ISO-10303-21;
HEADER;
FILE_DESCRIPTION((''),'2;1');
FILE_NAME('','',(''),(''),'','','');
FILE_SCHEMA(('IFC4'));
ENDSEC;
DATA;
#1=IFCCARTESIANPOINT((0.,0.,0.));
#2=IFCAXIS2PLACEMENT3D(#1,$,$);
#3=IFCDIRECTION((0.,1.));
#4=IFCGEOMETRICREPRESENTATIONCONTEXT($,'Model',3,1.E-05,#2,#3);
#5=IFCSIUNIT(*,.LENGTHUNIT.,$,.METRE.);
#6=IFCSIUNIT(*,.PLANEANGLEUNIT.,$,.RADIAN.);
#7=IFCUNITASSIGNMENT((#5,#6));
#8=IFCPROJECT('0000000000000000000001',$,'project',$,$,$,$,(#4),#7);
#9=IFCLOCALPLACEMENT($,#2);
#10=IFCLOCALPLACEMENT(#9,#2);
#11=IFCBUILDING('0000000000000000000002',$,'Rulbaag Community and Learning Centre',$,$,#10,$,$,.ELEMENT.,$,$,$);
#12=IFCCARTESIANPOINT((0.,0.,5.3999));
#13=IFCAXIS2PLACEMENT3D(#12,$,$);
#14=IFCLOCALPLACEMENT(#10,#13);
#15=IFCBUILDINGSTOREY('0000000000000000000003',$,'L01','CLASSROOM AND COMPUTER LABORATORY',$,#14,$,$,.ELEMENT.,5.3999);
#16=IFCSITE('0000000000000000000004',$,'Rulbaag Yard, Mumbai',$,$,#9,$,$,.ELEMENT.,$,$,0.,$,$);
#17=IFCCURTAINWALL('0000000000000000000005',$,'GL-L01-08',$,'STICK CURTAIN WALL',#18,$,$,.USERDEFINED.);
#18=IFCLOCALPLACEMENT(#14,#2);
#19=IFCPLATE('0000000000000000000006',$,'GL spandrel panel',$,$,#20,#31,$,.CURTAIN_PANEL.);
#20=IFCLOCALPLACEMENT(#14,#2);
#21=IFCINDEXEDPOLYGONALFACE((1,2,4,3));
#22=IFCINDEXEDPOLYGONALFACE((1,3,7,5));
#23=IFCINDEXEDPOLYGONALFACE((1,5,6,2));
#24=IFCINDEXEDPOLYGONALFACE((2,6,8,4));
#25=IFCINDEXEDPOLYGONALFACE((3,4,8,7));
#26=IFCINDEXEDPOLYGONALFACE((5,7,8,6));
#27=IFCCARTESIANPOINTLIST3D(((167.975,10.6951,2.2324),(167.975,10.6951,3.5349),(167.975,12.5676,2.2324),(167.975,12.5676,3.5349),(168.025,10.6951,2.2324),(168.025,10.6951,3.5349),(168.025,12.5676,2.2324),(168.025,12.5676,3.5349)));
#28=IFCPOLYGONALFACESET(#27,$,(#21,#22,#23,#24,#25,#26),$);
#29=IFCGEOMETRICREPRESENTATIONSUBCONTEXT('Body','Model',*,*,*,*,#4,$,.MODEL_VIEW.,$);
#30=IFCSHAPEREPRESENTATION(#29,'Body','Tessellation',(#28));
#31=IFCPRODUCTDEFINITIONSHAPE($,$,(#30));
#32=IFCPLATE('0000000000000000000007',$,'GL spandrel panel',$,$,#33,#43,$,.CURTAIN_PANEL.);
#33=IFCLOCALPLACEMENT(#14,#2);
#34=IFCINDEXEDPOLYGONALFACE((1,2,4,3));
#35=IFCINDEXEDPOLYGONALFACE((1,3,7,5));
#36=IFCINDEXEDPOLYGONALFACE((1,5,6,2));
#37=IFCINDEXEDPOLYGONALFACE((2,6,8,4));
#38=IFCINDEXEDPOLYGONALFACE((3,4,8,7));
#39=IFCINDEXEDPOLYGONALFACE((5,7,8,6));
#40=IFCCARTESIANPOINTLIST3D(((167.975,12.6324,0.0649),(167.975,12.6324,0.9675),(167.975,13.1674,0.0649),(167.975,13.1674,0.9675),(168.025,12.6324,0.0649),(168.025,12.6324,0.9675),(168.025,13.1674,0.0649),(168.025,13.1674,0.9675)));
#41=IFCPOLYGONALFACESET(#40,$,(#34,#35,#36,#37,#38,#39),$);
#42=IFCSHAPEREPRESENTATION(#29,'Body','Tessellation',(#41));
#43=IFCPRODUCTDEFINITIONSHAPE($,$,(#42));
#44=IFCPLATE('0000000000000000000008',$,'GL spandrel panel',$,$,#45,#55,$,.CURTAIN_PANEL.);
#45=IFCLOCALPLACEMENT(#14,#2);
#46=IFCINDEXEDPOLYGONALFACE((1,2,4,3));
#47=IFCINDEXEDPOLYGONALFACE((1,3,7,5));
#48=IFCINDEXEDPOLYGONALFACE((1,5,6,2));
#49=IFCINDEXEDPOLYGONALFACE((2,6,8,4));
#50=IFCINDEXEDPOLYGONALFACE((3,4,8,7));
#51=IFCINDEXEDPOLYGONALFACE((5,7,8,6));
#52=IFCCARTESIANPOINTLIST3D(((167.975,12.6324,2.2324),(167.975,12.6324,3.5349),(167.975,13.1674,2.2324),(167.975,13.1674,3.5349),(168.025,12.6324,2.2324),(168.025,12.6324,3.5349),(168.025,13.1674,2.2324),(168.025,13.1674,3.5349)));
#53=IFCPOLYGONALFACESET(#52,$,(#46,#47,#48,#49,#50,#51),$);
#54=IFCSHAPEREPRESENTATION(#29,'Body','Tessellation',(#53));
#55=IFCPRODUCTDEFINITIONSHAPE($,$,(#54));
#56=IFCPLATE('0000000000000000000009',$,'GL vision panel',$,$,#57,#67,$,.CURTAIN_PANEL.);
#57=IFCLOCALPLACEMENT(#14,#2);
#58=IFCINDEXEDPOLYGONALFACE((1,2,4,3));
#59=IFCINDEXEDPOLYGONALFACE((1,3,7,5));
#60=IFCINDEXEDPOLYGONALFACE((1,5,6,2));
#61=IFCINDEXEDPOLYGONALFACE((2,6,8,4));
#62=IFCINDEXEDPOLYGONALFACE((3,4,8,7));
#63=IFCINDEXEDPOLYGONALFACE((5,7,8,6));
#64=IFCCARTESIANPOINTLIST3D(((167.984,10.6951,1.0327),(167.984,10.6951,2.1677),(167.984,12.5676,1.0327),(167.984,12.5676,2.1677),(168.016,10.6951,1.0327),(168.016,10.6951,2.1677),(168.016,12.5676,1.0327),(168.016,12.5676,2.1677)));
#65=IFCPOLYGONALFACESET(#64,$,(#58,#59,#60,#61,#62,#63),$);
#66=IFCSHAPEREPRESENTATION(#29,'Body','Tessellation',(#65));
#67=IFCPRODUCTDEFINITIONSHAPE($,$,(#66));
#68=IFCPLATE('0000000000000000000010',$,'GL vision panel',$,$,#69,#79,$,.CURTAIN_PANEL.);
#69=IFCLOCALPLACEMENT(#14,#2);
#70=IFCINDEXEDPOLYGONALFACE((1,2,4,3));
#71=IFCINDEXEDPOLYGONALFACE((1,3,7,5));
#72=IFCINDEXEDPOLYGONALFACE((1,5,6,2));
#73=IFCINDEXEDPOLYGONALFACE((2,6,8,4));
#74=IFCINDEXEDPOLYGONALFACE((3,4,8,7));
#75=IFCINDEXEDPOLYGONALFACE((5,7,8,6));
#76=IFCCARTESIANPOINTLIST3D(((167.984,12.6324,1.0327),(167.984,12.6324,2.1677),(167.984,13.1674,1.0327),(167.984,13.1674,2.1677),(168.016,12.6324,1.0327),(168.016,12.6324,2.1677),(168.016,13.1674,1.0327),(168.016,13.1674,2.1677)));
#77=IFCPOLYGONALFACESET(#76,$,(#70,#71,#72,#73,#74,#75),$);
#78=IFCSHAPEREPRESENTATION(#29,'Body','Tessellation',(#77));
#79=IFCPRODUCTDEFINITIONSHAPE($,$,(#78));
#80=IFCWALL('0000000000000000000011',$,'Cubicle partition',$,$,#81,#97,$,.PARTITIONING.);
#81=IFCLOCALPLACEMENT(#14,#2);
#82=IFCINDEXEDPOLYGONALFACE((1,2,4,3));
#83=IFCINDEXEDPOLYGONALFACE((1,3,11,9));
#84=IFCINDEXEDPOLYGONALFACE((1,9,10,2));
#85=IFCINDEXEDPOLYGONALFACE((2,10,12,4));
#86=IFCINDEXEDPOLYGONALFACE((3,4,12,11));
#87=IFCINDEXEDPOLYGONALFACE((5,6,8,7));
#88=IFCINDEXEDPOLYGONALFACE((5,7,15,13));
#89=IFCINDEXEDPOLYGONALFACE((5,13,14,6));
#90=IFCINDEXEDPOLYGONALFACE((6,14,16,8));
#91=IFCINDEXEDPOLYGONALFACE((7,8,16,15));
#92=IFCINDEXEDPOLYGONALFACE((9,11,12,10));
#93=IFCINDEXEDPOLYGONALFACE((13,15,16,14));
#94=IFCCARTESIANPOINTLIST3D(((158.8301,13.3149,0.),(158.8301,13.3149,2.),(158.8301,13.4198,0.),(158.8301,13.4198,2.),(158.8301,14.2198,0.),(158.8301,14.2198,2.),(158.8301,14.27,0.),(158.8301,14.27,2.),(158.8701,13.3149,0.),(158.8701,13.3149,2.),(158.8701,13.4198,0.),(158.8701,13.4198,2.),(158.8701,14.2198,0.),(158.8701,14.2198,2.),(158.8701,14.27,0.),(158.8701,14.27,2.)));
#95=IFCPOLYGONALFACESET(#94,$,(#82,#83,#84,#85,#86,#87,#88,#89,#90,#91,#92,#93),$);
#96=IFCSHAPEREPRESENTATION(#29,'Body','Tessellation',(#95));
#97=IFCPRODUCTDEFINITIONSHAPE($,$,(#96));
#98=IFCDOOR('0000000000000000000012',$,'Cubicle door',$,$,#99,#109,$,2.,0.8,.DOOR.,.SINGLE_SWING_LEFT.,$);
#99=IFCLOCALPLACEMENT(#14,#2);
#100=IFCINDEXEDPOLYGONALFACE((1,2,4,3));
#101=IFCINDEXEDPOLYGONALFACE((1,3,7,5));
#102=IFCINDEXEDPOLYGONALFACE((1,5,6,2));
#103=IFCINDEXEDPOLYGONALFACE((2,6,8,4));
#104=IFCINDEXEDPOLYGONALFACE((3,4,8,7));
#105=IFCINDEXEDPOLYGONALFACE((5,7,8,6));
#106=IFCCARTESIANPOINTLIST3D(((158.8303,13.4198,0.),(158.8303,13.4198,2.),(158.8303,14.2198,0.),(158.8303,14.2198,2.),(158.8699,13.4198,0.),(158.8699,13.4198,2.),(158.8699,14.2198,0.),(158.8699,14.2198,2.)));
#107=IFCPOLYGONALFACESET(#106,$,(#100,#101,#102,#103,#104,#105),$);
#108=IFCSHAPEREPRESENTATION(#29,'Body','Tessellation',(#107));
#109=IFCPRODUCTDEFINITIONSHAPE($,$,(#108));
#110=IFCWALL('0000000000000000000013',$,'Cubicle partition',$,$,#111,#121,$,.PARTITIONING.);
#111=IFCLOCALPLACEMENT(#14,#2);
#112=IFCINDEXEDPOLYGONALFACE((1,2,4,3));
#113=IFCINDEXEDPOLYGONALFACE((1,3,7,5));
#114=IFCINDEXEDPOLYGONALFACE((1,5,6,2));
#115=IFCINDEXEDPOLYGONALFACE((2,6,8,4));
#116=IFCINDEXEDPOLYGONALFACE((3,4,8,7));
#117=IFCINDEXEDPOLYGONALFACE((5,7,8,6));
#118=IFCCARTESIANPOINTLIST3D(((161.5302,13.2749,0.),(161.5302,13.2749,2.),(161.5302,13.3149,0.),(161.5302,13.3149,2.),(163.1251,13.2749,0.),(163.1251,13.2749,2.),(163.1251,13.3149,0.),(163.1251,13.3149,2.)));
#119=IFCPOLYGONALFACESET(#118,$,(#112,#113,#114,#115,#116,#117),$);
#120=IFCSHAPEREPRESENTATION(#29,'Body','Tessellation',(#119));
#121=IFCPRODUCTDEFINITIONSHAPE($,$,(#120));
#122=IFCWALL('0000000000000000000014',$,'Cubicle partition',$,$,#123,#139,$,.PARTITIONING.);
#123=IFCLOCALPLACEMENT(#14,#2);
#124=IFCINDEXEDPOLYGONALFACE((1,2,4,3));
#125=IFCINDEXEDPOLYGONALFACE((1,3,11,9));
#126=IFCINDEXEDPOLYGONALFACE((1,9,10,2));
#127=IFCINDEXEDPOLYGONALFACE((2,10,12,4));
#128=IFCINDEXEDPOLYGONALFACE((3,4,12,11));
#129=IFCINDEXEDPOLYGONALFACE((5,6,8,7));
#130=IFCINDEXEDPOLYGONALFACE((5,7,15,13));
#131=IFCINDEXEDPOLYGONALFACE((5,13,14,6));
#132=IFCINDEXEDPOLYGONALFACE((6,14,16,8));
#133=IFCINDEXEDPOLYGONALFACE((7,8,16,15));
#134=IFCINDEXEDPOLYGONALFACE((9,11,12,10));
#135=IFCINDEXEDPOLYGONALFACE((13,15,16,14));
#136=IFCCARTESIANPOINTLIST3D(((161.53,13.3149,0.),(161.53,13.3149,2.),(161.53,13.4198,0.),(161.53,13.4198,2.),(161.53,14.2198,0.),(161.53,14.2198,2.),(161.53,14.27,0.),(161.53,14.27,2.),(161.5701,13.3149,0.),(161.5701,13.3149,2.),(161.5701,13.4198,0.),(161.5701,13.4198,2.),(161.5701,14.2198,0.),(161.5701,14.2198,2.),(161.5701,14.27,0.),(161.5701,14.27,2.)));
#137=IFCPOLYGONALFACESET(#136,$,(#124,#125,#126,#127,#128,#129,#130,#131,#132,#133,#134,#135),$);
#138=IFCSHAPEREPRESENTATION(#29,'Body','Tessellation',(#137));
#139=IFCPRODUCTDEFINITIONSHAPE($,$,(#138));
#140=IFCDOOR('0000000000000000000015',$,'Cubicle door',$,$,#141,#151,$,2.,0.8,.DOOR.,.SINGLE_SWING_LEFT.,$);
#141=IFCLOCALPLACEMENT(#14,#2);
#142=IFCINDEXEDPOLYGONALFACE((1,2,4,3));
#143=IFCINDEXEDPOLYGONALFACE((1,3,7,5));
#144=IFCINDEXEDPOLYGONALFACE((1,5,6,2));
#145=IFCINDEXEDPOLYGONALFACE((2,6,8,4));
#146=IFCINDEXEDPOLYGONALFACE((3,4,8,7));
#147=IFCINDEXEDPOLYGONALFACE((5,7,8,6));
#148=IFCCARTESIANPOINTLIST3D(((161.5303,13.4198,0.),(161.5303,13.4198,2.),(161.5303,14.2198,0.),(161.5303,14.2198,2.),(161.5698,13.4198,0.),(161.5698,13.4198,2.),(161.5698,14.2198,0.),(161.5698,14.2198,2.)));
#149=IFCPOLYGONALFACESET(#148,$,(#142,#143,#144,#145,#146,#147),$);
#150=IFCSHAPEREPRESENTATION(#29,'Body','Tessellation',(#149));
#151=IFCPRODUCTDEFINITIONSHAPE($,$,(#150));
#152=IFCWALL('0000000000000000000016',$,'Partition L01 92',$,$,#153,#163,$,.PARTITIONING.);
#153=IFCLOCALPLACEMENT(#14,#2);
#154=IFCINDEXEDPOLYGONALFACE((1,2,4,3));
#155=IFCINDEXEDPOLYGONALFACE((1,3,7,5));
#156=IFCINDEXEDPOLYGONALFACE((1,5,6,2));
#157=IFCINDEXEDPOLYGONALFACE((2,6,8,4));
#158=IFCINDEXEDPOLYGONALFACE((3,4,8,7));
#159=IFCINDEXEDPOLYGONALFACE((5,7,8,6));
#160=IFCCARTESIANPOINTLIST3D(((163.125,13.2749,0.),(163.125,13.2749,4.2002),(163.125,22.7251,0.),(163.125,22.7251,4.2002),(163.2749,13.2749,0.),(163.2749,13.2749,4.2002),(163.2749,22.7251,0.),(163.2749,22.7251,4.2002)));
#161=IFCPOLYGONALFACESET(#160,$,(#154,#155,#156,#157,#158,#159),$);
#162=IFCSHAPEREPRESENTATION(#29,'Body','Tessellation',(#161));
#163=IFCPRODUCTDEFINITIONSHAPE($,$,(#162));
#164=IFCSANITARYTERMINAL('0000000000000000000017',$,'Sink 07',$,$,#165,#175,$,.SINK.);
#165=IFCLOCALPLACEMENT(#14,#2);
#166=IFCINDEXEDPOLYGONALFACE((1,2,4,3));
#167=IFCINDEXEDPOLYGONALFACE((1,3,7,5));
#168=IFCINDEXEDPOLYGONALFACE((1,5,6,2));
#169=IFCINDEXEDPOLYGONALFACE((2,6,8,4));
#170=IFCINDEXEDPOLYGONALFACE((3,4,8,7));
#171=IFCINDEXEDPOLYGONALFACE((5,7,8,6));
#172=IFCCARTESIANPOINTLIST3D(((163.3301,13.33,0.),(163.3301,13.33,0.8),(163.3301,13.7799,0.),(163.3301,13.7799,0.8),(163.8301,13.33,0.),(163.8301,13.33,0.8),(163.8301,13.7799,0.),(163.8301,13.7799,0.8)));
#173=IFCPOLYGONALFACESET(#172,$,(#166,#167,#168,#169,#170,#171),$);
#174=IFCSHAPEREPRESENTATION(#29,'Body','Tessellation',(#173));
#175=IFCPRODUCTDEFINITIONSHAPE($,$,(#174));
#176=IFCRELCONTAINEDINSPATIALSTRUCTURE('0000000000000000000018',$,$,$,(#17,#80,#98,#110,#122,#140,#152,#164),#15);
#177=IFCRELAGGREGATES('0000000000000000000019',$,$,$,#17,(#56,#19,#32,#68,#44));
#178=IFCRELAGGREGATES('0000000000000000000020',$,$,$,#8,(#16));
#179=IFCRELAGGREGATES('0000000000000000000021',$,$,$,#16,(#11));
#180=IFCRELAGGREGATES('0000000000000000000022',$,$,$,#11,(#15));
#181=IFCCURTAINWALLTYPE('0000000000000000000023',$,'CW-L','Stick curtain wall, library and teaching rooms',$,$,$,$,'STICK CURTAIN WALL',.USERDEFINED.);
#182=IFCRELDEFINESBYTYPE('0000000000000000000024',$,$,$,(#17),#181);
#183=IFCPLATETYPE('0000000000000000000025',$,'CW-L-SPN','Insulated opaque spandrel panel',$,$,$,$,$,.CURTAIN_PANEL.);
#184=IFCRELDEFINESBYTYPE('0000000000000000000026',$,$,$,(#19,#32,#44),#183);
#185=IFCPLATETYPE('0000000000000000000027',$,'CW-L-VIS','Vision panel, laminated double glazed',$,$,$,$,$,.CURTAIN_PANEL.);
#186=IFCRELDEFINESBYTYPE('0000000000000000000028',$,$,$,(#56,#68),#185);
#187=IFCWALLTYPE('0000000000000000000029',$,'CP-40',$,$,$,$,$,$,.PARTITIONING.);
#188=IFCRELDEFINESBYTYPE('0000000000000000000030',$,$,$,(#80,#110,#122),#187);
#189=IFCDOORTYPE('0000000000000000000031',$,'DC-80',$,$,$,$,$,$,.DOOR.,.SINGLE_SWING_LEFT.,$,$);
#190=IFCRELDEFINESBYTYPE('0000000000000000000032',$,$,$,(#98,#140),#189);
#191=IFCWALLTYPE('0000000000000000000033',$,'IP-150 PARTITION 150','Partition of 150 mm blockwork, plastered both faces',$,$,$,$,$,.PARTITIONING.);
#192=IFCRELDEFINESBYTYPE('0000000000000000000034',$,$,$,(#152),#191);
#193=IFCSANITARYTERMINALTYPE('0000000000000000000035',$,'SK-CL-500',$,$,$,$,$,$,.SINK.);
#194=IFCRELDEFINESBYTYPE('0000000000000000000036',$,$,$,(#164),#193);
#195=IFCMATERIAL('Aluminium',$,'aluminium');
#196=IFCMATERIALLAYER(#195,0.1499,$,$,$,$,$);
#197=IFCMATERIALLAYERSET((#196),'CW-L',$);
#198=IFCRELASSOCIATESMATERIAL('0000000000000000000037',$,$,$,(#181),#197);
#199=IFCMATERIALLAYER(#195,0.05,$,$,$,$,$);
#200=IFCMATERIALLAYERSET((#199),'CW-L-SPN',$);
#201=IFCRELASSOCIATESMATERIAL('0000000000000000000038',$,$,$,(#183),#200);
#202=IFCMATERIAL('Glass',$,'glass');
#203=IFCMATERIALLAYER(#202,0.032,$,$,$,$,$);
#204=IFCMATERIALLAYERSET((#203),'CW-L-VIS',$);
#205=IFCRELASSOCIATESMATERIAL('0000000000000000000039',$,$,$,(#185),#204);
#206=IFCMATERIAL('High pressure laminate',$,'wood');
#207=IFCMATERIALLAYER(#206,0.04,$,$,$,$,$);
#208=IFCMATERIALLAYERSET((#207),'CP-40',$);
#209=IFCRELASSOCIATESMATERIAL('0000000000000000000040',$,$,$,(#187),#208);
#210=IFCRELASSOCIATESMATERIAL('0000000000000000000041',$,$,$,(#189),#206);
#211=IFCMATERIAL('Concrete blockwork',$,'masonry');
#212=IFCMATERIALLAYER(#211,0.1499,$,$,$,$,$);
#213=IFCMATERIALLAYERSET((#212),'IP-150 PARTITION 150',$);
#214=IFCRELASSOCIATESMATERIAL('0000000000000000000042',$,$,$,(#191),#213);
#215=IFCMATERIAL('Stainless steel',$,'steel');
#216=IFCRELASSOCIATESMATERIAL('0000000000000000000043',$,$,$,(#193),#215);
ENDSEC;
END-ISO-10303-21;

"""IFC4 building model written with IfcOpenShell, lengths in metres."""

from ifc_helpers import new_model, si_unit, direction, frame, frame_2d, origin, origin_2d, place, context, subcontext, project, spatial, rectangle, extrude, material, layer, layer_set, type_object, element, fill, aggregate, save


model = new_model("IFC4")

# Units and contexts
model_context = context("Model", 3, precision=1e-05, world=origin(), true_north=direction((0.0, 1.0)))
body_context = subcontext(model_context, "Body", "Model", "MODEL_VIEW")
ifc_project = project(units=[si_unit("LENGTHUNIT", "METRE"), si_unit("PLANEANGLEUNIT", "RADIAN")], contexts=[model_context])

# Site, building, storey
site_placement = place(None, origin())
site = spatial("IfcSite", under=ifc_project, at=site_placement, Name="Rulbaag Yard, Mumbai", CompositionType="ELEMENT", RefElevation=0.0)
building_placement = place(site_placement, origin())
building = spatial("IfcBuilding", under=site, at=building_placement, Name="Rulbaag Community and Learning Centre", CompositionType="ELEMENT")
storey_placement = place(building_placement, frame((0.0, 0.0, 5.3999)))
storey = spatial("IfcBuildingStorey", under=building, at=storey_placement, Name="L01", Description="CLASSROOM AND COMPUTER LABORATORY", CompositionType="ELEMENT", Elevation=5.3999)

# Curtain wall, plates
ifc_material_1 = material(Name="Aluminium", Category="aluminium")
ifc_layer_1 = layer(ifc_material_1, 0.1499)
ifc_layer_set_1 = layer_set([ifc_layer_1], Name="CW-L")
curtain_wall_type = type_object("IfcCurtainWallType", Name="CW-L", Description="Stick curtain wall, library and teaching rooms", ElementType="STICK CURTAIN WALL", PredefinedType="USERDEFINED", material=ifc_layer_set_1)
curtain_wall_placement = place(storey_placement, origin())
curtain_wall = element("IfcCurtainWall", 1, at=curtain_wall_placement, inside=storey, type_object=curtain_wall_type, Name="GL-L01-08", ObjectType="STICK CURTAIN WALL", PredefinedType="USERDEFINED")
ifc_layer_2 = layer(ifc_material_1, 0.05)
ifc_layer_set_2 = layer_set([ifc_layer_2], Name="CW-L-SPN")
plate_type_1 = type_object("IfcPlateType", Name="CW-L-SPN", Description="Insulated opaque spandrel panel", PredefinedType="CURTAIN_PANEL", material=ifc_layer_set_2)
plate_1_placement = place(storey_placement, frame((168.0, 11.6313, 2.2324), z_axis=(0.0, 0.0, 1.0), x_axis=(0.0, 1.0, 0.0)))
plate_1 = element("IfcPlate", 2, at=plate_1_placement, type_object=plate_type_1, Name="GL spandrel panel", PredefinedType="CURTAIN_PANEL", context=body_context, shape_type="SweptSolid", body=[
    extrude(rectangle(XDim=1.8726, YDim=0.05, at=origin_2d()), origin(), (0.0, 0.0, 1.0), 1.3025),
])
plate_2_placement = place(storey_placement, frame((168.0, 12.8999, 0.0649), z_axis=(0.0, 0.0, 1.0), x_axis=(0.0, 1.0, 0.0)))
plate_2 = element("IfcPlate", 3, at=plate_2_placement, type_object=plate_type_1, Name="GL spandrel panel", PredefinedType="CURTAIN_PANEL", context=body_context, shape_type="SweptSolid", body=[
    extrude(rectangle(XDim=0.5349, YDim=0.05, at=origin_2d()), origin(), (0.0, 0.0, 1.0), 0.9026),
])
plate_3_placement = place(storey_placement, frame((168.0, 12.8999, 2.2324), z_axis=(0.0, 0.0, 1.0), x_axis=(0.0, 1.0, 0.0)))
plate_3 = element("IfcPlate", 4, at=plate_3_placement, type_object=plate_type_1, Name="GL spandrel panel", PredefinedType="CURTAIN_PANEL", context=body_context, shape_type="SweptSolid", body=[
    extrude(rectangle(XDim=0.5349, YDim=0.05, at=origin_2d()), origin(), (0.0, 0.0, 1.0), 1.3025),
])
ifc_material_2 = material(Name="Glass", Category="glass")
ifc_layer_3 = layer(ifc_material_2, 0.032)
ifc_layer_set_3 = layer_set([ifc_layer_3], Name="CW-L-VIS")
plate_type_2 = type_object("IfcPlateType", Name="CW-L-VIS", Description="Vision panel, laminated double glazed", PredefinedType="CURTAIN_PANEL", material=ifc_layer_set_3)
plate_4_placement = place(storey_placement, frame((168.0, 11.6313, 1.0327), z_axis=(0.0, 0.0, 1.0), x_axis=(0.0, 1.0, 0.0)))
plate_4 = element("IfcPlate", 5, at=plate_4_placement, type_object=plate_type_2, Name="GL vision panel", PredefinedType="CURTAIN_PANEL", context=body_context, shape_type="SweptSolid", body=[
    extrude(rectangle(XDim=1.8726, YDim=0.032, at=origin_2d()), origin(), (0.0, 0.0, 1.0), 1.135),
])
plate_5_placement = place(storey_placement, frame((168.0, 12.8999, 1.0327), z_axis=(0.0, 0.0, 1.0), x_axis=(0.0, 1.0, 0.0)))
plate_5 = element("IfcPlate", 6, at=plate_5_placement, type_object=plate_type_2, Name="GL vision panel", PredefinedType="CURTAIN_PANEL", context=body_context, shape_type="SweptSolid", body=[
    extrude(rectangle(XDim=0.5349, YDim=0.032, at=origin_2d()), origin(), (0.0, 0.0, 1.0), 1.135),
])
aggregate(curtain_wall, [plate_4, plate_1, plate_2, plate_5, plate_3])

# Wall, opening, door
ifc_material_3 = material(Name="High pressure laminate", Category="wood")
ifc_layer_4 = layer(ifc_material_3, 0.04)
ifc_layer_set_4 = layer_set([ifc_layer_4], Name="CP-40")
wall_type_1 = type_object("IfcWallType", Name="CP-40", PredefinedType="PARTITIONING", material=ifc_layer_set_4)
wall_1_placement = place(storey_placement, frame((158.8501, 13.3149, 0.0), z_axis=(0.0, 0.0, 1.0), x_axis=(0.0, 1.0, 0.0)))
wall_1 = element("IfcWall", 7, at=wall_1_placement, inside=storey, type_object=wall_type_1, Name="Cubicle partition", PredefinedType="PARTITIONING", context=body_context, shape_type="SweptSolid", body=[
    extrude(rectangle(XDim=0.9551, YDim=0.04, at=frame_2d((0.4775, 0.0))), origin(), (0.0, 0.0, 1.0), 2.0),
])
opening_1_placement = place(wall_1_placement, frame((0.105, 0.0, 0.0)))
opening_1 = element("IfcOpeningElement", 8, at=opening_1_placement, cuts=wall_1, PredefinedType="OPENING", context=body_context, shape_type="SweptSolid", body=[
    extrude(rectangle(XDim=0.8, YDim=2.0, at=frame_2d((0.3999, 1.0))), frame((0.0, 0.03, 0.0), z_axis=(0.0, -1.0, 0.0), x_axis=(1.0, 0.0, 0.0)), (0.0, 0.0, 1.0), 0.0601),
])
door_type = type_object("IfcDoorType", Name="DC-80", OperationType="SINGLE_SWING_LEFT", PredefinedType="DOOR", material=ifc_material_3)
door_1_placement = place(opening_1_placement, origin())
door_1 = element("IfcDoor", 9, at=door_1_placement, inside=storey, type_object=door_type, Name="Cubicle door", OperationType="SINGLE_SWING_LEFT", OverallHeight=2.0, OverallWidth=0.8, PredefinedType="DOOR", context=body_context, shape_type="SweptSolid", body=[
    extrude(rectangle(XDim=0.8, YDim=2.0, at=frame_2d((0.3999, 1.0))), frame((0.0, 0.0198, 0.0), z_axis=(0.0, -1.0, 0.0), x_axis=(1.0, 0.0, 0.0)), (0.0, 0.0, 1.0), 0.0396),
])
fill(opening_1, door_1)

# Wall
wall_2_placement = place(storey_placement, frame((163.125, 13.2949, 0.0), z_axis=(0.0, 0.0, 1.0), x_axis=(-1.0, 0.0, 0.0)))
element("IfcWall", 10, at=wall_2_placement, inside=storey, type_object=wall_type_1, Name="Cubicle partition", PredefinedType="PARTITIONING", context=body_context, shape_type="SweptSolid", body=[
    extrude(rectangle(XDim=1.595, YDim=0.04, at=frame_2d((0.7974, 0.0))), origin(), (0.0, 0.0, 1.0), 2.0),
])

# Wall, opening, door
wall_3_placement = place(storey_placement, frame((161.55, 13.3149, 0.0), z_axis=(0.0, 0.0, 1.0), x_axis=(0.0, 1.0, 0.0)))
wall_3 = element("IfcWall", 11, at=wall_3_placement, inside=storey, type_object=wall_type_1, Name="Cubicle partition", PredefinedType="PARTITIONING", context=body_context, shape_type="SweptSolid", body=[
    extrude(rectangle(XDim=0.9551, YDim=0.04, at=frame_2d((0.4775, 0.0))), origin(), (0.0, 0.0, 1.0), 2.0),
])
opening_2_placement = place(wall_3_placement, frame((0.105, 0.0, 0.0)))
opening_2 = element("IfcOpeningElement", 12, at=opening_2_placement, cuts=wall_3, PredefinedType="OPENING", context=body_context, shape_type="SweptSolid", body=[
    extrude(rectangle(XDim=0.8, YDim=2.0, at=frame_2d((0.3999, 1.0))), frame((0.0, 0.03, 0.0), z_axis=(0.0, -1.0, 0.0), x_axis=(1.0, 0.0, 0.0)), (0.0, 0.0, 1.0), 0.0601),
])
door_2_placement = place(opening_2_placement, origin())
door_2 = element("IfcDoor", 13, at=door_2_placement, inside=storey, type_object=door_type, Name="Cubicle door", OperationType="SINGLE_SWING_LEFT", OverallHeight=2.0, OverallWidth=0.8, PredefinedType="DOOR", context=body_context, shape_type="SweptSolid", body=[
    extrude(rectangle(XDim=0.8, YDim=2.0, at=frame_2d((0.3999, 1.0))), frame((0.0, 0.0198, 0.0), z_axis=(0.0, -1.0, 0.0), x_axis=(1.0, 0.0, 0.0)), (0.0, 0.0, 1.0), 0.0396),
])
fill(opening_2, door_2)

# Wall
ifc_material_4 = material(Name="Concrete blockwork", Category="masonry")
ifc_layer_5 = layer(ifc_material_4, 0.1499)
ifc_layer_set_5 = layer_set([ifc_layer_5], Name="IP-150 PARTITION 150")
wall_type_2 = type_object("IfcWallType", Name="IP-150 PARTITION 150", Description="Partition of 150 mm blockwork, plastered both faces", PredefinedType="PARTITIONING", material=ifc_layer_set_5)
wall_4_placement = place(storey_placement, frame((163.2, 13.2749, 0.0), z_axis=(0.0, 0.0, 1.0), x_axis=(0.0, 1.0, 0.0)))
element("IfcWall", 14, at=wall_4_placement, inside=storey, type_object=wall_type_2, Name="Partition L01 92", PredefinedType="PARTITIONING", context=body_context, shape_type="SweptSolid", body=[
    extrude(rectangle(XDim=9.4502, YDim=0.1499, at=frame_2d((4.7251, 0.0))), origin(), (0.0, 0.0, 1.0), 4.2002),
])

# Sanitary terminal
ifc_material_5 = material(Name="Stainless steel", Category="steel")
sanitary_terminal_type_1 = type_object("IfcSanitaryTerminalType", Name="SK-CL-500", PredefinedType="SINK", material=ifc_material_5)
sanitary_terminal_1_placement = place(storey_placement, frame((163.5801, 13.5549, 0.0), z_axis=(0.0, 0.0, 1.0), x_axis=(1.0, 0.0, 0.0)))
element("IfcSanitaryTerminal", 15, at=sanitary_terminal_1_placement, inside=storey, type_object=sanitary_terminal_type_1, Name="Sink 07", PredefinedType="SINK", context=body_context, shape_type="SweptSolid", body=[
    extrude(rectangle(XDim=0.5, YDim=0.45, at=origin_2d()), origin(), (0.0, 0.0, 1.0), 0.8),
])

save(model, "model.ifc")
